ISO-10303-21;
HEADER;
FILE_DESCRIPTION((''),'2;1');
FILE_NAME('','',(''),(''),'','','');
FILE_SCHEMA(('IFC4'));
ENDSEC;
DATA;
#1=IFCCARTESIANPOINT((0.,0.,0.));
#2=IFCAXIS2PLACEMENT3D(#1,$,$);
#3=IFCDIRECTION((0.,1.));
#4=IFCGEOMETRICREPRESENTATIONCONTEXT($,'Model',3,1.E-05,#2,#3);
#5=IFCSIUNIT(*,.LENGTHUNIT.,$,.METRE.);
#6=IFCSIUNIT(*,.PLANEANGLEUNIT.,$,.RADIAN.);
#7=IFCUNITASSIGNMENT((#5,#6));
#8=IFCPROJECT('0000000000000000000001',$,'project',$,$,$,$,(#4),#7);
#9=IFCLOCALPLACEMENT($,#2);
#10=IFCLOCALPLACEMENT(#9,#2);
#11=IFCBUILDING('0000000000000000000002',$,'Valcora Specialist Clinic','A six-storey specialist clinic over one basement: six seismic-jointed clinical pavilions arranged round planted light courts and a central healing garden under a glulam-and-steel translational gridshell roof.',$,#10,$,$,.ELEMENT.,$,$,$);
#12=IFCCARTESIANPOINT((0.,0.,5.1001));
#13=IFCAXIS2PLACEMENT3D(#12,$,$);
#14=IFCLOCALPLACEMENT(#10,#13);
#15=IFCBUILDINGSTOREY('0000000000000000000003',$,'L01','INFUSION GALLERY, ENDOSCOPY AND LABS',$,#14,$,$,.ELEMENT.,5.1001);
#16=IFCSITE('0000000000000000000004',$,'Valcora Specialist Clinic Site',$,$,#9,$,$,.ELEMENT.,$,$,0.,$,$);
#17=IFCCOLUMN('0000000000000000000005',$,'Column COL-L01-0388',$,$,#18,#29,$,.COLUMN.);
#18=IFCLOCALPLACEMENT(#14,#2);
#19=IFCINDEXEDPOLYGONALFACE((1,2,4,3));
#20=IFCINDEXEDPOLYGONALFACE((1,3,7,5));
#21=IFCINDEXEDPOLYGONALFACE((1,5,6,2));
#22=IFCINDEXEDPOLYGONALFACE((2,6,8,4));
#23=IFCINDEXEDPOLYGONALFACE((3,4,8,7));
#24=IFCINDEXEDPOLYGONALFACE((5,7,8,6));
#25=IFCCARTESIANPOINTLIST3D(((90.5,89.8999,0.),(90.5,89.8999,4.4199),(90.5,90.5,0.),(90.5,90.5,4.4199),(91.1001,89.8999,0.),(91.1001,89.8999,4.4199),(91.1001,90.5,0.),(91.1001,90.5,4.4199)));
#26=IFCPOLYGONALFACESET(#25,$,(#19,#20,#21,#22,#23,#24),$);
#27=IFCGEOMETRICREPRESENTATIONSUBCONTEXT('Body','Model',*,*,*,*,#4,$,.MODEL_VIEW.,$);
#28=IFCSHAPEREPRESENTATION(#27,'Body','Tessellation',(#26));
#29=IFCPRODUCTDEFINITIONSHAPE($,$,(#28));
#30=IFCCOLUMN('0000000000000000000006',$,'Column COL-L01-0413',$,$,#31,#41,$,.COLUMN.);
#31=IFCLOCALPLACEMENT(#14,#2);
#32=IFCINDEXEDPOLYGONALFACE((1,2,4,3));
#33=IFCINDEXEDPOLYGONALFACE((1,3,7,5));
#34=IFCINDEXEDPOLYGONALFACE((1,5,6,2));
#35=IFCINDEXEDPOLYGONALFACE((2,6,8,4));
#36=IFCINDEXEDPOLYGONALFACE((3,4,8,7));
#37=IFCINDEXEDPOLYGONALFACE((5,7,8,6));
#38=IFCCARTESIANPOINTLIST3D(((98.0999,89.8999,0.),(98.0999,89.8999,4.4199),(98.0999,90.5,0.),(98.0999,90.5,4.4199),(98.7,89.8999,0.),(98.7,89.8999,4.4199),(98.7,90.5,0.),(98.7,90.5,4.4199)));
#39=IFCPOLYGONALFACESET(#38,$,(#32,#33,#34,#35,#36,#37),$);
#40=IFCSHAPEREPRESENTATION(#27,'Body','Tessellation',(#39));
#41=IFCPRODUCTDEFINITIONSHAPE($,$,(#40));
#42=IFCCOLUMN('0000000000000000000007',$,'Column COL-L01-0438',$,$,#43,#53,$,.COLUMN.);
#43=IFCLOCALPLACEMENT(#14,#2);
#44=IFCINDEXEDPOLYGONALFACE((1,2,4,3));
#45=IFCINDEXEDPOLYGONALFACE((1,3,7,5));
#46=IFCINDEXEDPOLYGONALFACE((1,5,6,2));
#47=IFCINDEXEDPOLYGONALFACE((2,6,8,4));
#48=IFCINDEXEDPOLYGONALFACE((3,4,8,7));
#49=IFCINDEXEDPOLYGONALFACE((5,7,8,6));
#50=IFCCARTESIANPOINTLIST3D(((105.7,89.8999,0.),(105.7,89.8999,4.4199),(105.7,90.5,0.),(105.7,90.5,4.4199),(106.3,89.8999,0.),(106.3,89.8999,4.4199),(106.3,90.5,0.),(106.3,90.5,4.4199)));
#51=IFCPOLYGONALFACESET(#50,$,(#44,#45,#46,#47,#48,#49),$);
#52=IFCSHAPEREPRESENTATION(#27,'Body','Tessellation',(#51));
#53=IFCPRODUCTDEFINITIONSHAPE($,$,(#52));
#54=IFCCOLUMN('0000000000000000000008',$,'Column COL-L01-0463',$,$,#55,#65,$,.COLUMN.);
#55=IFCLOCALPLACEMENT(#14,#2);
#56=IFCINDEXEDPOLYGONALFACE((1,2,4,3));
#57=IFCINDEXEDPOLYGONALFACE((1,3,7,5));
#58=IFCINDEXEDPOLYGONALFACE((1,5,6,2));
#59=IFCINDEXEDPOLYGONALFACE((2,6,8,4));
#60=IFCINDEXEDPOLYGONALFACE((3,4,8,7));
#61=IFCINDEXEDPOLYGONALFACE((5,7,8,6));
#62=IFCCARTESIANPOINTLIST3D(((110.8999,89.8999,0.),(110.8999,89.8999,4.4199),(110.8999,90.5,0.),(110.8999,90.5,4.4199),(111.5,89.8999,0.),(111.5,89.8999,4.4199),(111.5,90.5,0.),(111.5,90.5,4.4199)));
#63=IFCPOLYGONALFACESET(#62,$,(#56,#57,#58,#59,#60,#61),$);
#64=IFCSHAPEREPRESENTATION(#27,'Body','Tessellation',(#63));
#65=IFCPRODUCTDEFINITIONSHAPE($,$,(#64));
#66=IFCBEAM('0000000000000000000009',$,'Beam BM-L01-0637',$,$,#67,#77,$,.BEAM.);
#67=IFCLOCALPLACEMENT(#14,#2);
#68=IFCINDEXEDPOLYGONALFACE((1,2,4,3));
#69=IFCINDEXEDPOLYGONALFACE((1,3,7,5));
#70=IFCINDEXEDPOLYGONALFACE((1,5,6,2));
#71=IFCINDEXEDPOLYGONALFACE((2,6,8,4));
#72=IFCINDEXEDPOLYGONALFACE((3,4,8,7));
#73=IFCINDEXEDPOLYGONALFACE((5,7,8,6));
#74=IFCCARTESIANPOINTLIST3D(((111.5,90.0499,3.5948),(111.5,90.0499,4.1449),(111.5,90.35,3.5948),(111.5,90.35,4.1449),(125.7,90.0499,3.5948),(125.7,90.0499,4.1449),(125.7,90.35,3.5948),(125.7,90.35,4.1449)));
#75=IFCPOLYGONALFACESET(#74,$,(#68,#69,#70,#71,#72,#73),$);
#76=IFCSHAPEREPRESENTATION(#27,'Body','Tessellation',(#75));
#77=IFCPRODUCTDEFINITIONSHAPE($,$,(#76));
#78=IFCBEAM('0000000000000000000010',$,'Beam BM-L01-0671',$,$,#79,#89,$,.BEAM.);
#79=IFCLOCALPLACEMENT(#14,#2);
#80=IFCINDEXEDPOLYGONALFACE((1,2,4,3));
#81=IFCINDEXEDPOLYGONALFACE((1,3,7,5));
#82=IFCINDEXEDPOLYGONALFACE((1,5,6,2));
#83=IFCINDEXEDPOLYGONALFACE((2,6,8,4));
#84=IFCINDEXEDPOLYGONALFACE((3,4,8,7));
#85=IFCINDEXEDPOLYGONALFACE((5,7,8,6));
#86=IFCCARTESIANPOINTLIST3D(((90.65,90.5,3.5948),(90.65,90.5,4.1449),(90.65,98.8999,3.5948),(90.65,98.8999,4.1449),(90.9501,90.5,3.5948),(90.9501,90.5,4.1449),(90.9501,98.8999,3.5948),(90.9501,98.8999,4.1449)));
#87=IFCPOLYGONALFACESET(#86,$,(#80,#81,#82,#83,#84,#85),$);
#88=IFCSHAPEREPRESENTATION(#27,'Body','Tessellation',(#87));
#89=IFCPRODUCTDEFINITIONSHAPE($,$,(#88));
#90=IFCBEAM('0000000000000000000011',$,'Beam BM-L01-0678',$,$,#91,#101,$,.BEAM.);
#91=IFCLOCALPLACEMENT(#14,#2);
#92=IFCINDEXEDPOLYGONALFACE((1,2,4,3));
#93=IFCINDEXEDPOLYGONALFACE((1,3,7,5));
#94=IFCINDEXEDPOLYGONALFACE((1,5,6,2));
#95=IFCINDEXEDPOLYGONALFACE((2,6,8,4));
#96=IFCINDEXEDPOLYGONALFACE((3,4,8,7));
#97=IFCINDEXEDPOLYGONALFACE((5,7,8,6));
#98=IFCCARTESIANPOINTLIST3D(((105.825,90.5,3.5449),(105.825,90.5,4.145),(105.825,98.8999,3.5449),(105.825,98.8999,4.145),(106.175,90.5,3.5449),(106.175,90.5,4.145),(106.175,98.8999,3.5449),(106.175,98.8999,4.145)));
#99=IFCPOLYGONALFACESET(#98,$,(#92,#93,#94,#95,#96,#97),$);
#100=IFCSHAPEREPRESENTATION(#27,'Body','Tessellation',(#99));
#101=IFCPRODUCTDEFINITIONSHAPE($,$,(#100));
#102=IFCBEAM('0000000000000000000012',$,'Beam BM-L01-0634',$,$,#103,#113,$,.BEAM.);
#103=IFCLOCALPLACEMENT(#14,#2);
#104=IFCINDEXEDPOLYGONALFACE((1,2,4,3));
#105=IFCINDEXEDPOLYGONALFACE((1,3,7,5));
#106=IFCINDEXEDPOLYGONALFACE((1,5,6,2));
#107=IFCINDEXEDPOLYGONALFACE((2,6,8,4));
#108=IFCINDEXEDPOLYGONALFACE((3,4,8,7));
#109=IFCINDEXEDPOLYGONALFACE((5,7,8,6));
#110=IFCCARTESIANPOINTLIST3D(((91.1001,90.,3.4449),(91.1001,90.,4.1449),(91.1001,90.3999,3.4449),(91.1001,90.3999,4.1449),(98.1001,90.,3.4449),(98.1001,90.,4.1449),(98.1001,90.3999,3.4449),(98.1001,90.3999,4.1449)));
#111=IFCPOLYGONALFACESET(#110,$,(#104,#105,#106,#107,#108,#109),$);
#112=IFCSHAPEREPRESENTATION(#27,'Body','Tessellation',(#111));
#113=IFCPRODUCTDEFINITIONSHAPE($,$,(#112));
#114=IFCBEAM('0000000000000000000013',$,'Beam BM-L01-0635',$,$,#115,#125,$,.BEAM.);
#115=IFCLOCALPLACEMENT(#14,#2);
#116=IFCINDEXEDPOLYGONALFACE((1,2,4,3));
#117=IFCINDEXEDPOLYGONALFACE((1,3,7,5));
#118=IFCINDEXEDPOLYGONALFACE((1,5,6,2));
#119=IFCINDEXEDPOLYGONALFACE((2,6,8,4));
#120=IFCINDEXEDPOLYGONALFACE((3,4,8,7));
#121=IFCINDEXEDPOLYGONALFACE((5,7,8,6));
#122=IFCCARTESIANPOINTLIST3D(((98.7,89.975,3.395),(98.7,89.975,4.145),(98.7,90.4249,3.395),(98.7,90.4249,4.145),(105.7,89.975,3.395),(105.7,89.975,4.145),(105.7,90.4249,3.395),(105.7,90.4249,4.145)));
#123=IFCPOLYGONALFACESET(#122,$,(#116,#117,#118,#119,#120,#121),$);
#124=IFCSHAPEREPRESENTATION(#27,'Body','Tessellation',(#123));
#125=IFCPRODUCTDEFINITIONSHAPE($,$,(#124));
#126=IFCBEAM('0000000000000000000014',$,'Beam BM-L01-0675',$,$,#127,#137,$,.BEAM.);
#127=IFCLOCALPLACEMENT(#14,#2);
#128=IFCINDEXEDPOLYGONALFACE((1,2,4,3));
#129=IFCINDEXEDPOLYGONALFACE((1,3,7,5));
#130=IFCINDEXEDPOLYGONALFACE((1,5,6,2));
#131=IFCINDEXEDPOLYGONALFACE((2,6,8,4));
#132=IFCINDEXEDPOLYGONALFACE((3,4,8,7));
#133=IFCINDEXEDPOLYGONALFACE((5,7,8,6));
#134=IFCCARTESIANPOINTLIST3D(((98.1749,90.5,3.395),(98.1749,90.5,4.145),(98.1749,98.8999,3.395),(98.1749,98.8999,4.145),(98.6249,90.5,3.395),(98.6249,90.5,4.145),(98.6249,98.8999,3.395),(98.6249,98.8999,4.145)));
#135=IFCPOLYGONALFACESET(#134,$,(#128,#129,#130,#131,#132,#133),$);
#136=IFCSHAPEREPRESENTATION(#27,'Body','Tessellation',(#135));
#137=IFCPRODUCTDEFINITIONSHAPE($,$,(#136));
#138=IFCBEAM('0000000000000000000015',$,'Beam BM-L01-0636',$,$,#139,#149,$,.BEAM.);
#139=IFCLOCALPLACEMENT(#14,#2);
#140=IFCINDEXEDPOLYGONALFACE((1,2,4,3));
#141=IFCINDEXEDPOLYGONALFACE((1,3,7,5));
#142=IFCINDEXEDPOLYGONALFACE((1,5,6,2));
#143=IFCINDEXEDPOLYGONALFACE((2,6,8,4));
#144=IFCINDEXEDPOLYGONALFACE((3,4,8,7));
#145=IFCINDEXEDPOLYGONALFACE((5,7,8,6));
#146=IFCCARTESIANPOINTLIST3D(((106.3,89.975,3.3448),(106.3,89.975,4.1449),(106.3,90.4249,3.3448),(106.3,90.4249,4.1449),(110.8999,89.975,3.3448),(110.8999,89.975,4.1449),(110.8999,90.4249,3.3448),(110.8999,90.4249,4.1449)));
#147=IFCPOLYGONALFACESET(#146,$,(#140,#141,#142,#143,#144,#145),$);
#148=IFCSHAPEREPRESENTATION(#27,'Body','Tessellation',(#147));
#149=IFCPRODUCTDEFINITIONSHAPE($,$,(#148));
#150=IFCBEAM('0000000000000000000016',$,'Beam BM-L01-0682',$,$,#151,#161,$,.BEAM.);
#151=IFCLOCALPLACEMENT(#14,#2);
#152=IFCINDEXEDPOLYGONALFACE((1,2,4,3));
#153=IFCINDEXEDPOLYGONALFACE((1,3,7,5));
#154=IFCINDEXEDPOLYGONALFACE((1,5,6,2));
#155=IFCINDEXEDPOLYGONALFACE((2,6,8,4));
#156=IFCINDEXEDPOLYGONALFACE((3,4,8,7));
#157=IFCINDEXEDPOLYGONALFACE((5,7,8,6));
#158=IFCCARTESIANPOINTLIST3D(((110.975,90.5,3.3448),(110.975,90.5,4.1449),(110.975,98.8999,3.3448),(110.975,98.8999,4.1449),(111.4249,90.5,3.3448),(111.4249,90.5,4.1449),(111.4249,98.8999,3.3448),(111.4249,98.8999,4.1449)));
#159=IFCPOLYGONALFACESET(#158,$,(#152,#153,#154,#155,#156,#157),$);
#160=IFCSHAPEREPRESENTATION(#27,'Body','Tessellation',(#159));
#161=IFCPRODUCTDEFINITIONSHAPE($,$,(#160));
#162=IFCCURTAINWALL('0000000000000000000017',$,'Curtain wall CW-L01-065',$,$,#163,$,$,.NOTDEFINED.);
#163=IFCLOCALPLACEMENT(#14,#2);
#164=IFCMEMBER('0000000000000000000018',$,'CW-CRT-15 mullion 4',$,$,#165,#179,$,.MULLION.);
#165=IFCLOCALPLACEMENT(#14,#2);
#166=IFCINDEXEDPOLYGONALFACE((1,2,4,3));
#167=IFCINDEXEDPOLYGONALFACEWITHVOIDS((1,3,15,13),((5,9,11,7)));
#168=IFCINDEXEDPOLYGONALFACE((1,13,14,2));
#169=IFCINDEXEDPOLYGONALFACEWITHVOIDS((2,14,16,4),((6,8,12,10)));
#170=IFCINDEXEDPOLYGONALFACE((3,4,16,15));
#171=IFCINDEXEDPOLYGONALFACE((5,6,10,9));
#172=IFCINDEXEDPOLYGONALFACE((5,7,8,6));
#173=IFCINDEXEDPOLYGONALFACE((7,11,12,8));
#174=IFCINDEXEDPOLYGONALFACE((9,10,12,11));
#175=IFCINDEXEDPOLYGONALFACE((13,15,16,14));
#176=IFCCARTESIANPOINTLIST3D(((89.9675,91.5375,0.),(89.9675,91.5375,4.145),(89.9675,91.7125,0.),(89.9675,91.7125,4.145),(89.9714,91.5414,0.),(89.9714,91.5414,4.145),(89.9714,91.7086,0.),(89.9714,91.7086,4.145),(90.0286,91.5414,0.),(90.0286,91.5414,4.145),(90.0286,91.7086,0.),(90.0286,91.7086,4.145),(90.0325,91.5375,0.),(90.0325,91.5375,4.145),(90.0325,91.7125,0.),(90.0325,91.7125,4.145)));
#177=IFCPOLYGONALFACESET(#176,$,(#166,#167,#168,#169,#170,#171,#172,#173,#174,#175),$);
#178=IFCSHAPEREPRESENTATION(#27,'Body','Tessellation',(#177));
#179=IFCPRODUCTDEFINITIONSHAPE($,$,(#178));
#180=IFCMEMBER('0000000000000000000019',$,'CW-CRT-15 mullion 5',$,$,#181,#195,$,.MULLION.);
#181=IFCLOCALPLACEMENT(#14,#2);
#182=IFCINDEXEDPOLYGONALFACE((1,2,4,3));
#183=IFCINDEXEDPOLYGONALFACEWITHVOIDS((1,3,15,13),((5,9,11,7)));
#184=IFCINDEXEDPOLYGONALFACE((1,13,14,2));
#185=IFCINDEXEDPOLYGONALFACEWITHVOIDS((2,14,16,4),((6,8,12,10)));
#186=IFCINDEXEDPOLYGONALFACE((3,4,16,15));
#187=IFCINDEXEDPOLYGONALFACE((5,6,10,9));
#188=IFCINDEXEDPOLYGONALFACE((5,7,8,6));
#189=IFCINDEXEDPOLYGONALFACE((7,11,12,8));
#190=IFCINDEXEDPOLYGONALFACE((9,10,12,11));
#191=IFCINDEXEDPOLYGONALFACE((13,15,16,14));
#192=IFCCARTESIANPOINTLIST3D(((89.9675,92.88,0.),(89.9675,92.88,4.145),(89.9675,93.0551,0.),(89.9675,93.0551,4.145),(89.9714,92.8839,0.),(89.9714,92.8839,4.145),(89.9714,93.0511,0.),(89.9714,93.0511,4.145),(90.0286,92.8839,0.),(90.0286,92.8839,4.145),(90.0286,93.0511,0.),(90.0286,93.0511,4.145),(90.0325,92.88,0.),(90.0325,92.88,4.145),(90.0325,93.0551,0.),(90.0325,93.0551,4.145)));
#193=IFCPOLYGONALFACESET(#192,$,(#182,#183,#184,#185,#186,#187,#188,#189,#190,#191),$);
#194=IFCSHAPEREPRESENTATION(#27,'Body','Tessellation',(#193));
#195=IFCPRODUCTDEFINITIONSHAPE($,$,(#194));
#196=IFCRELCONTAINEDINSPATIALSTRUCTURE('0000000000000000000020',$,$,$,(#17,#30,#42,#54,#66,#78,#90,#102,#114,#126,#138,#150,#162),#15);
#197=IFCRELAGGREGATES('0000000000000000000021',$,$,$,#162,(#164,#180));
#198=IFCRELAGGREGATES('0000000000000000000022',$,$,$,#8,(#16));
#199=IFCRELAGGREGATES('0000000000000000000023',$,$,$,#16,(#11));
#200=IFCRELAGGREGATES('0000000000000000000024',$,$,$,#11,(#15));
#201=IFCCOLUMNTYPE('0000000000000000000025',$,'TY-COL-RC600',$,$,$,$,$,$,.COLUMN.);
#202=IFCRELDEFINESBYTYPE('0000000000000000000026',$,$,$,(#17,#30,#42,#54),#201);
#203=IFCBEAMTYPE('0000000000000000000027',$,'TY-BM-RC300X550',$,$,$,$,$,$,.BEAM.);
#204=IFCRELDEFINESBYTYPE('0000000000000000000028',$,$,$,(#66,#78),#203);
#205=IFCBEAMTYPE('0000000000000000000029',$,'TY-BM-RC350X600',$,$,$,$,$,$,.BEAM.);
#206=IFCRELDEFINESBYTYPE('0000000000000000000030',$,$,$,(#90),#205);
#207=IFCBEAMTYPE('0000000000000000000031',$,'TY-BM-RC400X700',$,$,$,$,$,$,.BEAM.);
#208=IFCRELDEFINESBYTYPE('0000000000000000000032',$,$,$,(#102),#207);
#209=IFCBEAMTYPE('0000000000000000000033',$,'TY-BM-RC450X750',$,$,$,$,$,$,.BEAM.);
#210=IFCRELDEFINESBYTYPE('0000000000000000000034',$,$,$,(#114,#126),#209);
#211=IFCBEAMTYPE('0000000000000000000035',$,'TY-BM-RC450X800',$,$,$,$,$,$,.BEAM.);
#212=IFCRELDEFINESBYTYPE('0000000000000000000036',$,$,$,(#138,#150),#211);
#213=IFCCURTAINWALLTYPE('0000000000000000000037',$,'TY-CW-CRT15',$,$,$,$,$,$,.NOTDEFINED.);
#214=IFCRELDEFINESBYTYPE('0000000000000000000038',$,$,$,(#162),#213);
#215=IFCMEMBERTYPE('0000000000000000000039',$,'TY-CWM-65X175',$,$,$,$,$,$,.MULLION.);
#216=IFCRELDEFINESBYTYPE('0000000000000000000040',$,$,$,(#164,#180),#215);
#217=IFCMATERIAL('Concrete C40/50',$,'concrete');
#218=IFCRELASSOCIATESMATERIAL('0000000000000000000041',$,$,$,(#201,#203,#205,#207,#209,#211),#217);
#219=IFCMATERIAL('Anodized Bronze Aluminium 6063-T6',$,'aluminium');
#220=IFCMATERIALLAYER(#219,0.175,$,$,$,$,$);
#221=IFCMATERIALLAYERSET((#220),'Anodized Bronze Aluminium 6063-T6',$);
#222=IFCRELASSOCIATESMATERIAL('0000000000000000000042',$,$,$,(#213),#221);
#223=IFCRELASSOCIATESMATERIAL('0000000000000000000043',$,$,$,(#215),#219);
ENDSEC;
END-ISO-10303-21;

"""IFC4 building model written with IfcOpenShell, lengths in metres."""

from ifc_helpers import new_model, si_unit, direction, frame, origin, origin_2d, place, context, subcontext, project, spatial, rectangle, hollow_rectangle, extrude, material, layer, layer_set, material_profile, profile_set, type_object, element, aggregate, save


model = new_model("IFC4")

# Units and contexts
model_context = context("Model", 3, precision=1e-05, world=origin(), true_north=direction((0.0, 1.0)))
body_context = subcontext(model_context, "Body", "Model", "MODEL_VIEW")
ifc_project = project(units=[si_unit("LENGTHUNIT", "METRE"), si_unit("PLANEANGLEUNIT", "RADIAN")], contexts=[model_context])

# Site, building, storey
site_placement = place(None, origin())
site = spatial("IfcSite", under=ifc_project, at=site_placement, Name="Valcora Specialist Clinic Site", CompositionType="ELEMENT", RefElevation=0.0)
building_placement = place(site_placement, origin())
building = spatial("IfcBuilding", under=site, at=building_placement, Name="Valcora Specialist Clinic", Description="A six-storey specialist clinic over one basement: six seismic-jointed clinical pavilions arranged round planted light courts and a central healing garden under a glulam-and-steel translational gridshell roof.", CompositionType="ELEMENT")
storey_placement = place(building_placement, frame((0.0, 0.0, 5.1001)))
storey = spatial("IfcBuildingStorey", under=building, at=storey_placement, Name="L01", Description="INFUSION GALLERY, ENDOSCOPY AND LABS", CompositionType="ELEMENT", Elevation=5.1001)

# Columns
ifc_material_1 = material(Name="Concrete C40/50", Category="concrete")
ifc_material_profile_1 = material_profile(ifc_material_1, rectangle(XDim=0.6001, YDim=0.6001, at=origin_2d()), Name="RC-COL-600X600")
ifc_profile_set_1 = profile_set([ifc_material_profile_1], Name="Concrete C40/50")
column_type = type_object("IfcColumnType", Name="TY-COL-RC600", PredefinedType="COLUMN", material=ifc_profile_set_1)
for number, where, z_axis, x_axis, name in (
    (1, (90.8, 90.2, 0.0), (0.0, 0.0, 1.0), (1.0, 0.0, 0.0), "Column COL-L01-0388"),
    (2, (98.3999, 90.2, 0.0), (0.0, 0.0, 1.0), (1.0, 0.0, 0.0), "Column COL-L01-0413"),
    (3, (106.0, 90.2, 0.0), (0.0, 0.0, 1.0), (1.0, 0.0, 0.0), "Column COL-L01-0438"),
    (4, (111.2, 90.2, 0.0), (0.0, 0.0, 1.0), (1.0, 0.0, 0.0), "Column COL-L01-0463"),
):
    element("IfcColumn", number, at=place(storey_placement, frame(where, z_axis=z_axis, x_axis=x_axis)), inside=storey, type_object=column_type, Name=name, PredefinedType="COLUMN", context=body_context, shape_type="SweptSolid", body=[
        extrude(rectangle(XDim=0.6001, YDim=0.6001, at=origin_2d()), origin(), (0.0, 0.0, 1.0), 4.4199),
    ])

# Beams
ifc_material_profile_2 = material_profile(ifc_material_1, rectangle(XDim=0.3, YDim=0.55, at=origin_2d()), Name="RC-BM-300X550")
ifc_profile_set_2 = profile_set([ifc_material_profile_2], Name="Concrete C40/50")
beam_type_1 = type_object("IfcBeamType", Name="TY-BM-RC300X550", PredefinedType="BEAM", material=ifc_profile_set_2)
beam_1_placement = place(storey_placement, frame((111.5, 90.2, 3.8699), z_axis=(1.0, 0.0, 0.0), x_axis=(0.0, 1.0, 0.0)))
element("IfcBeam", 5, at=beam_1_placement, inside=storey, type_object=beam_type_1, Name="Beam BM-L01-0637", PredefinedType="BEAM", context=body_context, shape_type="SweptSolid", body=[
    extrude(rectangle(XDim=0.3, YDim=0.55, at=origin_2d()), origin(), (0.0, 0.0, 1.0), 14.2),
])
beam_2_placement = place(storey_placement, frame((90.8, 90.5, 3.8699), z_axis=(0.0, 1.0, 0.0), x_axis=(-1.0, 0.0, 0.0)))
element("IfcBeam", 6, at=beam_2_placement, inside=storey, type_object=beam_type_1, Name="Beam BM-L01-0671", PredefinedType="BEAM", context=body_context, shape_type="SweptSolid", body=[
    extrude(rectangle(XDim=0.3, YDim=0.55, at=origin_2d()), origin(), (0.0, 0.0, 1.0), 8.3999),
])
ifc_material_profile_3 = material_profile(ifc_material_1, rectangle(XDim=0.3501, YDim=0.6001, at=origin_2d()), Name="RC-BM-350X600")
ifc_profile_set_3 = profile_set([ifc_material_profile_3], Name="Concrete C40/50")
beam_type_2 = type_object("IfcBeamType", Name="TY-BM-RC350X600", PredefinedType="BEAM", material=ifc_profile_set_3)
beam_3_placement = place(storey_placement, frame((106.0, 90.5, 3.845), z_axis=(0.0, 1.0, 0.0), x_axis=(-1.0, 0.0, 0.0)))
element("IfcBeam", 7, at=beam_3_placement, inside=storey, type_object=beam_type_2, Name="Beam BM-L01-0678", PredefinedType="BEAM", context=body_context, shape_type="SweptSolid", body=[
    extrude(rectangle(XDim=0.3501, YDim=0.6001, at=origin_2d()), origin(), (0.0, 0.0, 1.0), 8.3999),
])
ifc_material_profile_4 = material_profile(ifc_material_1, rectangle(XDim=0.3999, YDim=0.7, at=origin_2d()), Name="RC-BM-400X700")
ifc_profile_set_4 = profile_set([ifc_material_profile_4], Name="Concrete C40/50")
beam_type_3 = type_object("IfcBeamType", Name="TY-BM-RC400X700", PredefinedType="BEAM", material=ifc_profile_set_4)
beam_4_placement = place(storey_placement, frame((91.1001, 90.2, 3.7949), z_axis=(1.0, 0.0, 0.0), x_axis=(0.0, 1.0, 0.0)))
element("IfcBeam", 8, at=beam_4_placement, inside=storey, type_object=beam_type_3, Name="Beam BM-L01-0634", PredefinedType="BEAM", context=body_context, shape_type="SweptSolid", body=[
    extrude(rectangle(XDim=0.3999, YDim=0.7, at=origin_2d()), origin(), (0.0, 0.0, 1.0), 7.0),
])
ifc_material_profile_5 = material_profile(ifc_material_1, rectangle(XDim=0.45, YDim=0.75, at=origin_2d()), Name="RC-BM-450X750")
ifc_profile_set_5 = profile_set([ifc_material_profile_5], Name="Concrete C40/50")
beam_type_4 = type_object("IfcBeamType", Name="TY-BM-RC450X750", PredefinedType="BEAM", material=ifc_profile_set_5)
beam_5_placement = place(storey_placement, frame((98.7, 90.2, 3.77), z_axis=(1.0, 0.0, 0.0), x_axis=(0.0, 1.0, 0.0)))
element("IfcBeam", 9, at=beam_5_placement, inside=storey, type_object=beam_type_4, Name="Beam BM-L01-0635", PredefinedType="BEAM", context=body_context, shape_type="SweptSolid", body=[
    extrude(rectangle(XDim=0.45, YDim=0.75, at=origin_2d()), origin(), (0.0, 0.0, 1.0), 7.0),
])
beam_6_placement = place(storey_placement, frame((98.3999, 90.5, 3.77), z_axis=(0.0, 1.0, 0.0), x_axis=(-1.0, 0.0, 0.0)))
element("IfcBeam", 10, at=beam_6_placement, inside=storey, type_object=beam_type_4, Name="Beam BM-L01-0675", PredefinedType="BEAM", context=body_context, shape_type="SweptSolid", body=[
    extrude(rectangle(XDim=0.45, YDim=0.75, at=origin_2d()), origin(), (0.0, 0.0, 1.0), 8.3999),
])
ifc_material_profile_6 = material_profile(ifc_material_1, rectangle(XDim=0.45, YDim=0.8, at=origin_2d()), Name="RC-BM-450X800")
ifc_profile_set_6 = profile_set([ifc_material_profile_6], Name="Concrete C40/50")
beam_type_5 = type_object("IfcBeamType", Name="TY-BM-RC450X800", PredefinedType="BEAM", material=ifc_profile_set_6)
beam_7_placement = place(storey_placement, frame((106.3, 90.2, 3.7449), z_axis=(1.0, 0.0, 0.0), x_axis=(0.0, 1.0, 0.0)))
element("IfcBeam", 11, at=beam_7_placement, inside=storey, type_object=beam_type_5, Name="Beam BM-L01-0636", PredefinedType="BEAM", context=body_context, shape_type="SweptSolid", body=[
    extrude(rectangle(XDim=0.45, YDim=0.8, at=origin_2d()), origin(), (0.0, 0.0, 1.0), 4.5999),
])
beam_8_placement = place(storey_placement, frame((111.2, 90.5, 3.7449), z_axis=(0.0, 1.0, 0.0), x_axis=(-1.0, 0.0, 0.0)))
element("IfcBeam", 12, at=beam_8_placement, inside=storey, type_object=beam_type_5, Name="Beam BM-L01-0682", PredefinedType="BEAM", context=body_context, shape_type="SweptSolid", body=[
    extrude(rectangle(XDim=0.45, YDim=0.8, at=origin_2d()), origin(), (0.0, 0.0, 1.0), 8.3999),
])

# Curtain wall, members
ifc_material_2 = material(Name="Anodized Bronze Aluminium 6063-T6", Category="aluminium")
ifc_layer_1 = layer(ifc_material_2, 0.175)
ifc_layer_set_1 = layer_set([ifc_layer_1], Name="Anodized Bronze Aluminium 6063-T6")
curtain_wall_type = type_object("IfcCurtainWallType", Name="TY-CW-CRT15", PredefinedType="NOTDEFINED", material=ifc_layer_set_1)
curtain_wall_placement = place(storey_placement, origin())
curtain_wall = element("IfcCurtainWall", 13, at=curtain_wall_placement, inside=storey, type_object=curtain_wall_type, Name="Curtain wall CW-L01-065", PredefinedType="NOTDEFINED")
ifc_material_profile_7 = material_profile(ifc_material_2, hollow_rectangle(XDim=0.0649, YDim=0.175, WallThickness=0.0039, at=origin_2d()), Name="AL-MUL-65X175")
ifc_profile_set_7 = profile_set([ifc_material_profile_7], Name="Anodized Bronze Aluminium 6063-T6")
member_type_1 = type_object("IfcMemberType", Name="TY-CWM-65X175", PredefinedType="MULLION", material=ifc_profile_set_7)
member_1_placement = place(storey_placement, frame((90.0, 91.625, 0.0), z_axis=(0.0, 0.0, 1.0), x_axis=(-1.0, 0.0, 0.0)))
member_1 = element("IfcMember", 14, at=member_1_placement, type_object=member_type_1, Name="CW-CRT-15 mullion 4", PredefinedType="MULLION", context=body_context, shape_type="SweptSolid", body=[
    extrude(hollow_rectangle(XDim=0.0649, YDim=0.175, WallThickness=0.0039, at=origin_2d()), origin(), (0.0, 0.0, 1.0), 4.145),
])
member_2_placement = place(storey_placement, frame((90.0, 92.9675, 0.0), z_axis=(0.0, 0.0, 1.0), x_axis=(-1.0, 0.0, 0.0)))
member_2 = element("IfcMember", 15, at=member_2_placement, type_object=member_type_1, Name="CW-CRT-15 mullion 5", PredefinedType="MULLION", context=body_context, shape_type="SweptSolid", body=[
    extrude(hollow_rectangle(XDim=0.0649, YDim=0.175, WallThickness=0.0039, at=origin_2d()), origin(), (0.0, 0.0, 1.0), 4.145),
])
aggregate(curtain_wall, [member_1, member_2])

save(model, "model.ifc")
